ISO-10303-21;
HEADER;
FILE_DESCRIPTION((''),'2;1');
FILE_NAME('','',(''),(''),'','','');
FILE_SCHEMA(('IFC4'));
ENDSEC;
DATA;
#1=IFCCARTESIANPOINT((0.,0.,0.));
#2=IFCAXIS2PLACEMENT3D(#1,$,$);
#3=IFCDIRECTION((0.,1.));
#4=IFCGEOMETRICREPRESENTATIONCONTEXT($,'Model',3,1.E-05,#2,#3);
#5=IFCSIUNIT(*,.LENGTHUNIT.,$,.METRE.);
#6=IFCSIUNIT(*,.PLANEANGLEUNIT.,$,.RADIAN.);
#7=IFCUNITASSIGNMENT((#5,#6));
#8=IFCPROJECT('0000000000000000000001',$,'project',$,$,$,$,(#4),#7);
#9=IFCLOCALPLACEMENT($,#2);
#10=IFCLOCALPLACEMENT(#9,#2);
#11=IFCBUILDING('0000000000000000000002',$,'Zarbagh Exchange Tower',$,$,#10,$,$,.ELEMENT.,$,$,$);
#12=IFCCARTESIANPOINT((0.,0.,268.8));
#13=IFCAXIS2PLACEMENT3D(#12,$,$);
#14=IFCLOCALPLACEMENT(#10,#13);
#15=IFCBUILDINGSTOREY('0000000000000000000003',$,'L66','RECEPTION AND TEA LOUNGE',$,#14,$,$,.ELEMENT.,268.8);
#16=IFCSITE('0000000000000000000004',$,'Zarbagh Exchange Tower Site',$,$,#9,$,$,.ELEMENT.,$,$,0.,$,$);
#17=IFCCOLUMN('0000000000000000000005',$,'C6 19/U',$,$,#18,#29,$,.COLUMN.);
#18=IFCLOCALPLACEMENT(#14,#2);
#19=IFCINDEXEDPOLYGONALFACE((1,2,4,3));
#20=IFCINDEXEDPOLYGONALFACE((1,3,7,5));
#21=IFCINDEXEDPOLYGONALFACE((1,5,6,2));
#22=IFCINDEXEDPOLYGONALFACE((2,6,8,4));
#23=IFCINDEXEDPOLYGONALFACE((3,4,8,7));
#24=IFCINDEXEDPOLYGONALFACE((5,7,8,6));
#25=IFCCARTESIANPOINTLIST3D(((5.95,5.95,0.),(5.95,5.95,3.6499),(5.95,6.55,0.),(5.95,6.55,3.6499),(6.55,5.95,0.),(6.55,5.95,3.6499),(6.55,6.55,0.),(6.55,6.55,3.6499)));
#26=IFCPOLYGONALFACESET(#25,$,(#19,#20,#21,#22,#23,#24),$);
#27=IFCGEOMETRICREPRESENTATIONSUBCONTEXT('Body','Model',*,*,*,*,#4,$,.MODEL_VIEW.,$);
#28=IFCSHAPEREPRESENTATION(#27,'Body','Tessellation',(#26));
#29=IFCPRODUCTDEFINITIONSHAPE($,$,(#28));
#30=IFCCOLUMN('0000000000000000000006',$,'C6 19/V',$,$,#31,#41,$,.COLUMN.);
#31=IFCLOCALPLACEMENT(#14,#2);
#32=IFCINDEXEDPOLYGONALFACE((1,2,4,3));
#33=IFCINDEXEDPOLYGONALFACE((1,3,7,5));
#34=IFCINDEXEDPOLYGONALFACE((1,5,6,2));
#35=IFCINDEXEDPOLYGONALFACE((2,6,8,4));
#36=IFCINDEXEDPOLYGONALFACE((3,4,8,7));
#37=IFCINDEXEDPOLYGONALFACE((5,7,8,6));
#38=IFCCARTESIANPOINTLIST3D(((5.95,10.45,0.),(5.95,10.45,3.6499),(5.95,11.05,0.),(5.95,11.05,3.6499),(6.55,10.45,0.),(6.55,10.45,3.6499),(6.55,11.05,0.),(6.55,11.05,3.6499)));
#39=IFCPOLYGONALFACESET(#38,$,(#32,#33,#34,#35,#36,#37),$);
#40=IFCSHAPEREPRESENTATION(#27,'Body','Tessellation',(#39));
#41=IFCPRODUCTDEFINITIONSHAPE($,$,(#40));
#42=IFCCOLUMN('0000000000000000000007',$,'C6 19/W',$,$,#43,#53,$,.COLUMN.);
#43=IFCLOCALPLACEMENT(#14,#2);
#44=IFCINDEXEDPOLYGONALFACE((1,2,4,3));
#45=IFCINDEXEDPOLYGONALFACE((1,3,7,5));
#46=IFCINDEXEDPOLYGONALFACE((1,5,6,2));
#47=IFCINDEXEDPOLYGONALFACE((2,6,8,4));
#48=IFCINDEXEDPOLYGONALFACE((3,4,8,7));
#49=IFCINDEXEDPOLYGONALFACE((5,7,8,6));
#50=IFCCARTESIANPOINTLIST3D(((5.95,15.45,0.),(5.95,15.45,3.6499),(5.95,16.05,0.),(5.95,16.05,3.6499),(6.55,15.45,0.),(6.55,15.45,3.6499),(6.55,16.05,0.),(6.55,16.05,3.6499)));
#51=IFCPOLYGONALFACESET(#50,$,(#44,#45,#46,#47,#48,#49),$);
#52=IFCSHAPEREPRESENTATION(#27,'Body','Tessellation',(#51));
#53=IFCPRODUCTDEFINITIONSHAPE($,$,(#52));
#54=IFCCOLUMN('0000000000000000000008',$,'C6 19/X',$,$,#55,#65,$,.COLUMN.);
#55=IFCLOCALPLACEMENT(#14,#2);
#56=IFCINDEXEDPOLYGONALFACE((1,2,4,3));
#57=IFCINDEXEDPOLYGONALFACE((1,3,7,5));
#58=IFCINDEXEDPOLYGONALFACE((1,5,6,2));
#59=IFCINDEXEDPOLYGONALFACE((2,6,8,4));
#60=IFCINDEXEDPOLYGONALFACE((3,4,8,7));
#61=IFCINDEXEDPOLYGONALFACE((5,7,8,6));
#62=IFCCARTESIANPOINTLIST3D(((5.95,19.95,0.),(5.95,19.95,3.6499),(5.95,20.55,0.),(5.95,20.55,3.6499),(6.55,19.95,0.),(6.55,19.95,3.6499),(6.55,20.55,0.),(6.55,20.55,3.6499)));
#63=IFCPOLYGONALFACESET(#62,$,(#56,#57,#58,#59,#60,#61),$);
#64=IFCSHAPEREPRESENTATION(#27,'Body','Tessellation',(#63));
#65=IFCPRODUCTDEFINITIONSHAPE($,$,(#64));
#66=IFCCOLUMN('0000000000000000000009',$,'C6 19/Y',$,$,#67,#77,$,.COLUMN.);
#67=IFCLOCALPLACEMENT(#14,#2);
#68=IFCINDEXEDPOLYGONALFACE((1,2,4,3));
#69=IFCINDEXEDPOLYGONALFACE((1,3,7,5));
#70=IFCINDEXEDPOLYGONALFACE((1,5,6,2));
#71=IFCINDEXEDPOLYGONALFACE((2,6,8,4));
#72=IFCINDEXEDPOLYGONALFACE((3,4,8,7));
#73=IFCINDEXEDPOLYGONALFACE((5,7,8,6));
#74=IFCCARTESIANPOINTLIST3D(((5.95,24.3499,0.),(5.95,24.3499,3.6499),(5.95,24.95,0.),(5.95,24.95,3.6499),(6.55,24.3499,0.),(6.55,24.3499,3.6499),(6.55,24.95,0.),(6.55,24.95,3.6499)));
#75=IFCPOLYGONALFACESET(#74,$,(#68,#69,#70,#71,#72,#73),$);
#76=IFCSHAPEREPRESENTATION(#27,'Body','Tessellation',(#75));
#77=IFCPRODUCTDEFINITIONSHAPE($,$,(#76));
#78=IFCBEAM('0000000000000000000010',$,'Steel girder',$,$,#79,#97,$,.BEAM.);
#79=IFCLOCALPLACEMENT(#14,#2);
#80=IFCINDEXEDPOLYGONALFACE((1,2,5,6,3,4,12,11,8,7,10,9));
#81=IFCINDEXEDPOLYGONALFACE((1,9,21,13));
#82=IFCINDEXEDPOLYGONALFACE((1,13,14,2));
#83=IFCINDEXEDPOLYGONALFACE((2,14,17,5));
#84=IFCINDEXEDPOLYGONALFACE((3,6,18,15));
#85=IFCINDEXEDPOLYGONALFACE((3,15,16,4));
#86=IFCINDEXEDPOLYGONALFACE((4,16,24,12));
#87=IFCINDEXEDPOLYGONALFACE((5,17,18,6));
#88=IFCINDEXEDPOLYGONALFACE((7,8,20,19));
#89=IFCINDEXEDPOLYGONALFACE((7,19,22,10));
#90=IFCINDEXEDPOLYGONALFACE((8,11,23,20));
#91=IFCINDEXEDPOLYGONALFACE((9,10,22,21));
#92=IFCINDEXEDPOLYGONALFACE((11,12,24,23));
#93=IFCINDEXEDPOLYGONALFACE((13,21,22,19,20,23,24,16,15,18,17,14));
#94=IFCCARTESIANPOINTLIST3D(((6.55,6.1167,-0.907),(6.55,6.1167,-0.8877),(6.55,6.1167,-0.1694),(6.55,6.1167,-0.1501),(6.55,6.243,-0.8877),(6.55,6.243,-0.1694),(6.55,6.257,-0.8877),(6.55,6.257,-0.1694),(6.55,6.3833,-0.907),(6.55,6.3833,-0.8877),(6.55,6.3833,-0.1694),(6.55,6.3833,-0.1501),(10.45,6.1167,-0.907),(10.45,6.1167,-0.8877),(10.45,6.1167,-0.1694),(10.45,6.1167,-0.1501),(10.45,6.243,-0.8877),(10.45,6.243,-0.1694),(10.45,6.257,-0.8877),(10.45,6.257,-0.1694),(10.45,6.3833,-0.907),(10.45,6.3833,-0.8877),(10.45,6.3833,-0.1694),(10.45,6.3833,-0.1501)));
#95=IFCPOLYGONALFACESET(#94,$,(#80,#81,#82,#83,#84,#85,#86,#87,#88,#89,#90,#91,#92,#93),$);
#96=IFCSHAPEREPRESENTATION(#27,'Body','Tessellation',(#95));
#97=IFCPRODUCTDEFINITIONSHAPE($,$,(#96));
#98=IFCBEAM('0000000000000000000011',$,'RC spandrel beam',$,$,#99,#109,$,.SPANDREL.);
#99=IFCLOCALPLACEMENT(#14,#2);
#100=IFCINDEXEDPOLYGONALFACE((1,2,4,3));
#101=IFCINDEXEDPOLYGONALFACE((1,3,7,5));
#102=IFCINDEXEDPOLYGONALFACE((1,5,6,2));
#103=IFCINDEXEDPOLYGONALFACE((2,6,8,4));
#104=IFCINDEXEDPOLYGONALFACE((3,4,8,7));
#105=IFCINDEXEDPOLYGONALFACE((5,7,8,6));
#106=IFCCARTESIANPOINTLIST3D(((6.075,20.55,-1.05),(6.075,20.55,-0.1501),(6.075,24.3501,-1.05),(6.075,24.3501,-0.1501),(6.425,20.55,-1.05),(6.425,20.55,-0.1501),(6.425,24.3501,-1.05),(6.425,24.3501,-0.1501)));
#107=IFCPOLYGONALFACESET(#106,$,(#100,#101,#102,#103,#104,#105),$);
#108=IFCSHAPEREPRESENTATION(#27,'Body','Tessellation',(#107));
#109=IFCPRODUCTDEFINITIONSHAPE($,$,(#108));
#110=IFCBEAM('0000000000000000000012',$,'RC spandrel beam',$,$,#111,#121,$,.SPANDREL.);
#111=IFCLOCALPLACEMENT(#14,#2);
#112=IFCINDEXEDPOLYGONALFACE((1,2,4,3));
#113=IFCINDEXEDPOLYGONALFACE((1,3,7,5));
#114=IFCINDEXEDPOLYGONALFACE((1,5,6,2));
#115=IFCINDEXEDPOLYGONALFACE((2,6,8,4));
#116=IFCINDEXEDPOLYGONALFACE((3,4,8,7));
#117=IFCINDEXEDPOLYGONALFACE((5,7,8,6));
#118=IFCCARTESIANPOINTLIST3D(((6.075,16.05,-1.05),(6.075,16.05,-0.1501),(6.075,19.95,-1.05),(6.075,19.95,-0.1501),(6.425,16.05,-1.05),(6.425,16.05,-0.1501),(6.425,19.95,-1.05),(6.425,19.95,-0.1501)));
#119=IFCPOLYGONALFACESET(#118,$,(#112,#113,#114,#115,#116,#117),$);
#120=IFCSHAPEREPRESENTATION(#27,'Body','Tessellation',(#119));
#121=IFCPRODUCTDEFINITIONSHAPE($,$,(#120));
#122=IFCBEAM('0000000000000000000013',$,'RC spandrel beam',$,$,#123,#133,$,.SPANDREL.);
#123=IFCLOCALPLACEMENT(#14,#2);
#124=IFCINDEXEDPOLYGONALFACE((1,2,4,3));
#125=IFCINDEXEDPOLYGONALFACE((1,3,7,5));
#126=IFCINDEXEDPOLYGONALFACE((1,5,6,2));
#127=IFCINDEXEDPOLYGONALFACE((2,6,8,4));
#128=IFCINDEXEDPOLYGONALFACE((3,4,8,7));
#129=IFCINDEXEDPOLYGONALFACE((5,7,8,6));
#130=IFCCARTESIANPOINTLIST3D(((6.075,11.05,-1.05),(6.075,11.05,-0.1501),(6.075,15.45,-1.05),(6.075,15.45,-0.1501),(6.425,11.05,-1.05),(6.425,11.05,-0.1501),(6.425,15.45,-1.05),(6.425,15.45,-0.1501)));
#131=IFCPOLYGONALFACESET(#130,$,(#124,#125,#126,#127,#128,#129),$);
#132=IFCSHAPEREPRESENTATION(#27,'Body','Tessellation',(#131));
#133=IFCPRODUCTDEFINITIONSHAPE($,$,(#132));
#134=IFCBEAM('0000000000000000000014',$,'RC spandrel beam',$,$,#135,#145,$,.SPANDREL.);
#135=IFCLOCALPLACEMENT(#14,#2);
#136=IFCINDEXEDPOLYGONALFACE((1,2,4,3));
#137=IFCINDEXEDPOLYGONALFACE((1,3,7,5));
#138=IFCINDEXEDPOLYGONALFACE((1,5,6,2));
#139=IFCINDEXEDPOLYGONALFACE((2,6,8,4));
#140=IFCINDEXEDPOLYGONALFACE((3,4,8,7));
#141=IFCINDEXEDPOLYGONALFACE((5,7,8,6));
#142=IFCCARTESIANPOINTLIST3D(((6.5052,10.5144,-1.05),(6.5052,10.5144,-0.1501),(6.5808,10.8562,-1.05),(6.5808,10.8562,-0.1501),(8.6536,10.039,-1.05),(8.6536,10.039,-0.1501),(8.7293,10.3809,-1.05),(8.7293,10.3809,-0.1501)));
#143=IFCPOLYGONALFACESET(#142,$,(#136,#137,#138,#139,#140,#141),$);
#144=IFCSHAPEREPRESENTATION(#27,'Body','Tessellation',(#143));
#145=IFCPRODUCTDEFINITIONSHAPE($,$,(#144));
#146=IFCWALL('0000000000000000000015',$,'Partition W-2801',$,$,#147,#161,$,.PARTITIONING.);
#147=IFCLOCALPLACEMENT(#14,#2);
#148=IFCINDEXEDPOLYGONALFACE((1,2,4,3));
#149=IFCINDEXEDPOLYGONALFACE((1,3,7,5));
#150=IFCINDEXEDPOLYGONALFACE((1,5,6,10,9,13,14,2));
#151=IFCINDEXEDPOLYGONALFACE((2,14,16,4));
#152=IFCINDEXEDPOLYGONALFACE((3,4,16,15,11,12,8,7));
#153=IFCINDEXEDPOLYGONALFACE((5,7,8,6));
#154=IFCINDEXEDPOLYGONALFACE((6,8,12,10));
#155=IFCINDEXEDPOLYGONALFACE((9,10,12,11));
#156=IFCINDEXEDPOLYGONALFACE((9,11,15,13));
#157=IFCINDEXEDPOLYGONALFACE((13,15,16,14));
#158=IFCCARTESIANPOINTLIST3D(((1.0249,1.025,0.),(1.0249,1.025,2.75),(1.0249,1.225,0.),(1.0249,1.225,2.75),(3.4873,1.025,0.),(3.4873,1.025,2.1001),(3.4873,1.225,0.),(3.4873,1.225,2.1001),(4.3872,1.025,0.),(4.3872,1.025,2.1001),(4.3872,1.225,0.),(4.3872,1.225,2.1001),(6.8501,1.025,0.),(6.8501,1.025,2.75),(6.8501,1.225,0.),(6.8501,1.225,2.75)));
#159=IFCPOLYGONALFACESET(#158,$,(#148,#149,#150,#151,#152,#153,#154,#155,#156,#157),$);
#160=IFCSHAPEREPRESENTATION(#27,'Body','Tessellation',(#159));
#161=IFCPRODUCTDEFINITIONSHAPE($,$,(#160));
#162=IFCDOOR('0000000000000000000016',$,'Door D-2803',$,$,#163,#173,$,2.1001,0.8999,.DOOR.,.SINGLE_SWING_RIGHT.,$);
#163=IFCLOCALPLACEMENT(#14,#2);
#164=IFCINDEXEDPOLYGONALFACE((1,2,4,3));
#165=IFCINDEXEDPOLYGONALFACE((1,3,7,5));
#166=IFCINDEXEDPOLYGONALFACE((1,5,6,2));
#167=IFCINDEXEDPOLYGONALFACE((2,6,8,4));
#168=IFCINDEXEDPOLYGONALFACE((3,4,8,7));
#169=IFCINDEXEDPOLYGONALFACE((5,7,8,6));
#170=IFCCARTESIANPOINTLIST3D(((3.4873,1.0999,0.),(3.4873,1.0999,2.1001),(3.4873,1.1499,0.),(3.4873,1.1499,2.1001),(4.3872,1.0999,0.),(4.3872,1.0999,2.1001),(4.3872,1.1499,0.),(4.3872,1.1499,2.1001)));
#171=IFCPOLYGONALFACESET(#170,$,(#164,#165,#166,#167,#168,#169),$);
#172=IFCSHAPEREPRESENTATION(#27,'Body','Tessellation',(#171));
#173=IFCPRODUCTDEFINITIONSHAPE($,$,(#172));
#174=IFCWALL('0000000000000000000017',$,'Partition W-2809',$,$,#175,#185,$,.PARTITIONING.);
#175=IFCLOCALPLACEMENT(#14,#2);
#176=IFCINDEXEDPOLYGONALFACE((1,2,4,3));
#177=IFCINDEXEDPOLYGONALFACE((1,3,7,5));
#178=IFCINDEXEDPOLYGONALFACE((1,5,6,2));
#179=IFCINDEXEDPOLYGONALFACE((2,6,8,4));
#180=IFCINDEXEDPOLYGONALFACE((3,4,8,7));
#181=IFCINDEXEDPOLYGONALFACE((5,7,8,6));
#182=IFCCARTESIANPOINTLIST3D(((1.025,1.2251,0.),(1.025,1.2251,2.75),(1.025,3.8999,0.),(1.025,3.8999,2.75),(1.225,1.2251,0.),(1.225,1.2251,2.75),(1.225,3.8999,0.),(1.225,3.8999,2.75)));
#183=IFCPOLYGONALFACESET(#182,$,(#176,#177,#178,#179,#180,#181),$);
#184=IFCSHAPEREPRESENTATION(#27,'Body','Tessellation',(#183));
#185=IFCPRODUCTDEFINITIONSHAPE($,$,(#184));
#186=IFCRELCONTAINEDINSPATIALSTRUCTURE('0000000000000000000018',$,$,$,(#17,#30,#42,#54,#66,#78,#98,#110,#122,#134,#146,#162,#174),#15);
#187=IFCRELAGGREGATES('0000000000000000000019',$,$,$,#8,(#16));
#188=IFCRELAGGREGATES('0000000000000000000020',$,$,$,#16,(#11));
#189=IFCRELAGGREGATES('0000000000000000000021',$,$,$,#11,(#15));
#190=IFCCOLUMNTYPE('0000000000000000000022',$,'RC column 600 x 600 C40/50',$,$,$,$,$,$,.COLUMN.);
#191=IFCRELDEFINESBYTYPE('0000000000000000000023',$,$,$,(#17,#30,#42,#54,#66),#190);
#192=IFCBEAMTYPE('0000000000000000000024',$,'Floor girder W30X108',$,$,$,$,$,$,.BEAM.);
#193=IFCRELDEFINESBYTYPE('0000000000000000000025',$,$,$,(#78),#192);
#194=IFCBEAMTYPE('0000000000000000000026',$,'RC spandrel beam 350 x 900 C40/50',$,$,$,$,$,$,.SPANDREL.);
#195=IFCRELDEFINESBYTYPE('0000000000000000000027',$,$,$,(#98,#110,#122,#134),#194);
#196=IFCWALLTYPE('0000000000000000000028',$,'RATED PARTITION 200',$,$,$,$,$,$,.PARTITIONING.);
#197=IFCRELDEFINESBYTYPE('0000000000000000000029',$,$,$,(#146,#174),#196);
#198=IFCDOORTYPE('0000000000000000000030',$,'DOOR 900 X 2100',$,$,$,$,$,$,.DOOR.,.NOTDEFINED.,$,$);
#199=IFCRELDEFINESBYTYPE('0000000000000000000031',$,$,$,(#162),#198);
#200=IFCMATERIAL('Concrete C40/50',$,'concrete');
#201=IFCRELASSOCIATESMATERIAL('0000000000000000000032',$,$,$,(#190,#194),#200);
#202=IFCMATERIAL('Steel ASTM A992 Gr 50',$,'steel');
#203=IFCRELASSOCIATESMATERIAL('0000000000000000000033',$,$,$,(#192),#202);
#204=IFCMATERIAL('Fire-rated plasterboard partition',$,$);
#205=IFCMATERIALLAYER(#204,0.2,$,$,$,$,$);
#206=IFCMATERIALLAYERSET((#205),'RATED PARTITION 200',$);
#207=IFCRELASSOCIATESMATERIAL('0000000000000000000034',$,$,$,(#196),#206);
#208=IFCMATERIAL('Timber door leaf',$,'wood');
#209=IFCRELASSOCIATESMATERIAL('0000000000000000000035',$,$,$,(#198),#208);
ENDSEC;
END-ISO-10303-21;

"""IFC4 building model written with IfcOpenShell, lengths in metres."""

from ifc_helpers import new_model, si_unit, direction, frame, frame_2d, origin, origin_2d, place, context, subcontext, project, spatial, rectangle, i_section, extrude, material, layer, layer_set, material_profile, profile_set, type_object, element, fill, save


model = new_model("IFC4")

# Units and contexts
model_context = context("Model", 3, precision=1e-05, world=origin(), true_north=direction((0.0, 1.0)))
body_context = subcontext(model_context, "Body", "Model", "MODEL_VIEW")
ifc_project = project(units=[si_unit("LENGTHUNIT", "METRE"), si_unit("PLANEANGLEUNIT", "RADIAN")], contexts=[model_context])

# Site, building, storey
site_placement = place(None, origin())
site = spatial("IfcSite", under=ifc_project, at=site_placement, Name="Zarbagh Exchange Tower Site", CompositionType="ELEMENT", RefElevation=0.0)
building_placement = place(site_placement, origin())
building = spatial("IfcBuilding", under=site, at=building_placement, Name="Zarbagh Exchange Tower", CompositionType="ELEMENT")
storey_placement = place(building_placement, frame((0.0, 0.0, 268.8)))
storey = spatial("IfcBuildingStorey", under=building, at=storey_placement, Name="L66", Description="RECEPTION AND TEA LOUNGE", CompositionType="ELEMENT", Elevation=268.8)

# Columns
ifc_material_1 = material(Name="Concrete C40/50", Category="concrete")
ifc_material_profile_1 = material_profile(ifc_material_1, rectangle(XDim=0.6001, YDim=0.6001, at=origin_2d()), Name="RC column 600 x 600 C40/50")
ifc_profile_set_1 = profile_set([ifc_material_profile_1], Name="Concrete C40/50")
column_type = type_object("IfcColumnType", Name="RC column 600 x 600 C40/50", PredefinedType="COLUMN", material=ifc_profile_set_1)
for number, where, z_axis, x_axis, name in (
    (1, (6.25, 6.25, 0.0), (0.0, 0.0, 1.0), (1.0, 0.0, 0.0), "C6 19/U"),
    (2, (6.25, 10.75, 0.0), (0.0, 0.0, 1.0), (1.0, 0.0, 0.0), "C6 19/V"),
    (3, (6.25, 15.75, 0.0), (0.0, 0.0, 1.0), (1.0, 0.0, 0.0), "C6 19/W"),
    (4, (6.25, 20.25, 0.0), (0.0, 0.0, 1.0), (1.0, 0.0, 0.0), "C6 19/X"),
    (5, (6.25, 24.6499, 0.0), (0.0, 0.0, 1.0), (1.0, 0.0, 0.0), "C6 19/Y"),
):
    element("IfcColumn", number, at=place(storey_placement, frame(where, z_axis=z_axis, x_axis=x_axis)), inside=storey, type_object=column_type, Name=name, PredefinedType="COLUMN", context=body_context, shape_type="SweptSolid", body=[
        extrude(rectangle(XDim=0.6001, YDim=0.6001, at=origin_2d()), origin(), (0.0, 0.0, 1.0), 3.6499),
    ])

# Beams
ifc_material_2 = material(Name="Steel ASTM A992 Gr 50", Category="steel")
ifc_material_profile_2 = material_profile(ifc_material_2, i_section(OverallWidth=0.2666, OverallDepth=0.7568, WebThickness=0.0139, FlangeThickness=0.0193, at=origin_2d()), Name="W30X108")
ifc_profile_set_2 = profile_set([ifc_material_profile_2], Name="Steel ASTM A992 Gr 50")
beam_type_1 = type_object("IfcBeamType", Name="Floor girder W30X108", PredefinedType="BEAM", material=ifc_profile_set_2)
beam_1_placement = place(storey_placement, frame((6.55, 6.25, -0.5286), z_axis=(1.0, 0.0, 0.0), x_axis=(0.0, 1.0, 0.0)))
element("IfcBeam", 6, at=beam_1_placement, inside=storey, type_object=beam_type_1, Name="Steel girder", PredefinedType="BEAM", context=body_context, shape_type="SweptSolid", body=[
    extrude(i_section(OverallWidth=0.2666, OverallDepth=0.7568, WebThickness=0.0139, FlangeThickness=0.0193, at=origin_2d()), origin(), (0.0, 0.0, 1.0), 3.8999),
])
ifc_material_profile_3 = material_profile(ifc_material_1, rectangle(XDim=0.3501, YDim=0.8999, at=origin_2d()), Name="RC spandrel beam 350 x 900 C40/50")
ifc_profile_set_3 = profile_set([ifc_material_profile_3], Name="Concrete C40/50")
beam_type_2 = type_object("IfcBeamType", Name="RC spandrel beam 350 x 900 C40/50", PredefinedType="SPANDREL", material=ifc_profile_set_3)
beam_2_placement = place(storey_placement, frame((6.25, 24.3501, -0.6001), z_axis=(0.0, -1.0, 0.0), x_axis=(1.0, 0.0, 0.0)))
element("IfcBeam", 7, at=beam_2_placement, inside=storey, type_object=beam_type_2, Name="RC spandrel beam", PredefinedType="SPANDREL", context=body_context, shape_type="SweptSolid", body=[
    extrude(rectangle(XDim=0.3501, YDim=0.8999, at=origin_2d()), origin(), (0.0, 0.0, 1.0), 3.8),
])
beam_3_placement = place(storey_placement, frame((6.25, 19.95, -0.6001), z_axis=(0.0, -1.0, 0.0), x_axis=(1.0, 0.0, 0.0)))
element("IfcBeam", 8, at=beam_3_placement, inside=storey, type_object=beam_type_2, Name="RC spandrel beam", PredefinedType="SPANDREL", context=body_context, shape_type="SweptSolid", body=[
    extrude(rectangle(XDim=0.3501, YDim=0.8999, at=origin_2d()), origin(), (0.0, 0.0, 1.0), 3.8999),
])
beam_4_placement = place(storey_placement, frame((6.25, 15.45, -0.6001), z_axis=(0.0, -1.0, 0.0), x_axis=(1.0, 0.0, 0.0)))
element("IfcBeam", 9, at=beam_4_placement, inside=storey, type_object=beam_type_2, Name="RC spandrel beam", PredefinedType="SPANDREL", context=body_context, shape_type="SweptSolid", body=[
    extrude(rectangle(XDim=0.3501, YDim=0.8999, at=origin_2d()), origin(), (0.0, 0.0, 1.0), 4.3999),
])
beam_5_placement = place(storey_placement, frame((6.543, 10.6853, -0.6001), z_axis=(0.976388, -0.216026, 0.0), x_axis=(0.216026, 0.976388, 0.0)))
element("IfcBeam", 10, at=beam_5_placement, inside=storey, type_object=beam_type_2, Name="RC spandrel beam", PredefinedType="SPANDREL", context=body_context, shape_type="SweptSolid", body=[
    extrude(rectangle(XDim=0.3501, YDim=0.8999, at=origin_2d()), origin(), (0.0, 0.0, 1.0), 2.2004),
])

# Wall, opening, door
ifc_material_3 = material(Name="Fire-rated plasterboard partition")
ifc_layer_1 = layer(ifc_material_3, 0.2)
ifc_layer_set_1 = layer_set([ifc_layer_1], Name="RATED PARTITION 200")
wall_type_1 = type_object("IfcWallType", Name="RATED PARTITION 200", PredefinedType="PARTITIONING", material=ifc_layer_set_1)
wall_1_placement = place(storey_placement, frame((1.0249, 1.125, 0.0), z_axis=(0.0, 0.0, 1.0), x_axis=(1.0, 0.0, 0.0)))
wall_1 = element("IfcWall", 11, at=wall_1_placement, inside=storey, type_object=wall_type_1, Name="Partition W-2801", PredefinedType="PARTITIONING", context=body_context, shape_type="SweptSolid", body=[
    extrude(rectangle(XDim=5.8252, YDim=0.2, at=frame_2d((2.9126, 0.0))), origin(), (0.0, 0.0, 1.0), 2.75),
])
opening_1_placement = place(wall_1_placement, frame((2.4624, 0.0, 0.0)))
opening_1 = element("IfcOpeningElement", 12, at=opening_1_placement, cuts=wall_1, PredefinedType="OPENING", context=body_context, shape_type="SweptSolid", body=[
    extrude(rectangle(XDim=0.8999, YDim=2.1001, at=frame_2d((0.45, 1.05))), frame((0.0, 0.1099, 0.0), z_axis=(0.0, -1.0, 0.0), x_axis=(1.0, 0.0, 0.0)), (0.0, 0.0, 1.0), 0.22),
])
ifc_material_4 = material(Name="Timber door leaf", Category="wood")
door_type_1 = type_object("IfcDoorType", Name="DOOR 900 X 2100", OperationType="NOTDEFINED", PredefinedType="DOOR", material=ifc_material_4)
door_1_placement = place(opening_1_placement, origin())
door_1 = element("IfcDoor", 13, at=door_1_placement, inside=storey, type_object=door_type_1, Name="Door D-2803", OperationType="SINGLE_SWING_RIGHT", OverallHeight=2.1001, OverallWidth=0.8999, PredefinedType="DOOR", context=body_context, shape_type="SweptSolid", body=[
    extrude(rectangle(XDim=0.8999, YDim=2.1001, at=frame_2d((0.45, 1.05))), frame((0.0, 0.0249, 0.0), z_axis=(0.0, -1.0, 0.0), x_axis=(1.0, 0.0, 0.0)), (0.0, 0.0, 1.0), 0.05),
])
fill(opening_1, door_1)

# Wall
wall_2_placement = place(storey_placement, frame((1.125, 1.2251, 0.0), z_axis=(0.0, 0.0, 1.0), x_axis=(0.0, 1.0, 0.0)))
element("IfcWall", 14, at=wall_2_placement, inside=storey, type_object=wall_type_1, Name="Partition W-2809", PredefinedType="PARTITIONING", context=body_context, shape_type="SweptSolid", body=[
    extrude(rectangle(XDim=2.6748, YDim=0.2, at=frame_2d((1.3374, 0.0))), origin(), (0.0, 0.0, 1.0), 2.75),
])

save(model, "model.ifc")
